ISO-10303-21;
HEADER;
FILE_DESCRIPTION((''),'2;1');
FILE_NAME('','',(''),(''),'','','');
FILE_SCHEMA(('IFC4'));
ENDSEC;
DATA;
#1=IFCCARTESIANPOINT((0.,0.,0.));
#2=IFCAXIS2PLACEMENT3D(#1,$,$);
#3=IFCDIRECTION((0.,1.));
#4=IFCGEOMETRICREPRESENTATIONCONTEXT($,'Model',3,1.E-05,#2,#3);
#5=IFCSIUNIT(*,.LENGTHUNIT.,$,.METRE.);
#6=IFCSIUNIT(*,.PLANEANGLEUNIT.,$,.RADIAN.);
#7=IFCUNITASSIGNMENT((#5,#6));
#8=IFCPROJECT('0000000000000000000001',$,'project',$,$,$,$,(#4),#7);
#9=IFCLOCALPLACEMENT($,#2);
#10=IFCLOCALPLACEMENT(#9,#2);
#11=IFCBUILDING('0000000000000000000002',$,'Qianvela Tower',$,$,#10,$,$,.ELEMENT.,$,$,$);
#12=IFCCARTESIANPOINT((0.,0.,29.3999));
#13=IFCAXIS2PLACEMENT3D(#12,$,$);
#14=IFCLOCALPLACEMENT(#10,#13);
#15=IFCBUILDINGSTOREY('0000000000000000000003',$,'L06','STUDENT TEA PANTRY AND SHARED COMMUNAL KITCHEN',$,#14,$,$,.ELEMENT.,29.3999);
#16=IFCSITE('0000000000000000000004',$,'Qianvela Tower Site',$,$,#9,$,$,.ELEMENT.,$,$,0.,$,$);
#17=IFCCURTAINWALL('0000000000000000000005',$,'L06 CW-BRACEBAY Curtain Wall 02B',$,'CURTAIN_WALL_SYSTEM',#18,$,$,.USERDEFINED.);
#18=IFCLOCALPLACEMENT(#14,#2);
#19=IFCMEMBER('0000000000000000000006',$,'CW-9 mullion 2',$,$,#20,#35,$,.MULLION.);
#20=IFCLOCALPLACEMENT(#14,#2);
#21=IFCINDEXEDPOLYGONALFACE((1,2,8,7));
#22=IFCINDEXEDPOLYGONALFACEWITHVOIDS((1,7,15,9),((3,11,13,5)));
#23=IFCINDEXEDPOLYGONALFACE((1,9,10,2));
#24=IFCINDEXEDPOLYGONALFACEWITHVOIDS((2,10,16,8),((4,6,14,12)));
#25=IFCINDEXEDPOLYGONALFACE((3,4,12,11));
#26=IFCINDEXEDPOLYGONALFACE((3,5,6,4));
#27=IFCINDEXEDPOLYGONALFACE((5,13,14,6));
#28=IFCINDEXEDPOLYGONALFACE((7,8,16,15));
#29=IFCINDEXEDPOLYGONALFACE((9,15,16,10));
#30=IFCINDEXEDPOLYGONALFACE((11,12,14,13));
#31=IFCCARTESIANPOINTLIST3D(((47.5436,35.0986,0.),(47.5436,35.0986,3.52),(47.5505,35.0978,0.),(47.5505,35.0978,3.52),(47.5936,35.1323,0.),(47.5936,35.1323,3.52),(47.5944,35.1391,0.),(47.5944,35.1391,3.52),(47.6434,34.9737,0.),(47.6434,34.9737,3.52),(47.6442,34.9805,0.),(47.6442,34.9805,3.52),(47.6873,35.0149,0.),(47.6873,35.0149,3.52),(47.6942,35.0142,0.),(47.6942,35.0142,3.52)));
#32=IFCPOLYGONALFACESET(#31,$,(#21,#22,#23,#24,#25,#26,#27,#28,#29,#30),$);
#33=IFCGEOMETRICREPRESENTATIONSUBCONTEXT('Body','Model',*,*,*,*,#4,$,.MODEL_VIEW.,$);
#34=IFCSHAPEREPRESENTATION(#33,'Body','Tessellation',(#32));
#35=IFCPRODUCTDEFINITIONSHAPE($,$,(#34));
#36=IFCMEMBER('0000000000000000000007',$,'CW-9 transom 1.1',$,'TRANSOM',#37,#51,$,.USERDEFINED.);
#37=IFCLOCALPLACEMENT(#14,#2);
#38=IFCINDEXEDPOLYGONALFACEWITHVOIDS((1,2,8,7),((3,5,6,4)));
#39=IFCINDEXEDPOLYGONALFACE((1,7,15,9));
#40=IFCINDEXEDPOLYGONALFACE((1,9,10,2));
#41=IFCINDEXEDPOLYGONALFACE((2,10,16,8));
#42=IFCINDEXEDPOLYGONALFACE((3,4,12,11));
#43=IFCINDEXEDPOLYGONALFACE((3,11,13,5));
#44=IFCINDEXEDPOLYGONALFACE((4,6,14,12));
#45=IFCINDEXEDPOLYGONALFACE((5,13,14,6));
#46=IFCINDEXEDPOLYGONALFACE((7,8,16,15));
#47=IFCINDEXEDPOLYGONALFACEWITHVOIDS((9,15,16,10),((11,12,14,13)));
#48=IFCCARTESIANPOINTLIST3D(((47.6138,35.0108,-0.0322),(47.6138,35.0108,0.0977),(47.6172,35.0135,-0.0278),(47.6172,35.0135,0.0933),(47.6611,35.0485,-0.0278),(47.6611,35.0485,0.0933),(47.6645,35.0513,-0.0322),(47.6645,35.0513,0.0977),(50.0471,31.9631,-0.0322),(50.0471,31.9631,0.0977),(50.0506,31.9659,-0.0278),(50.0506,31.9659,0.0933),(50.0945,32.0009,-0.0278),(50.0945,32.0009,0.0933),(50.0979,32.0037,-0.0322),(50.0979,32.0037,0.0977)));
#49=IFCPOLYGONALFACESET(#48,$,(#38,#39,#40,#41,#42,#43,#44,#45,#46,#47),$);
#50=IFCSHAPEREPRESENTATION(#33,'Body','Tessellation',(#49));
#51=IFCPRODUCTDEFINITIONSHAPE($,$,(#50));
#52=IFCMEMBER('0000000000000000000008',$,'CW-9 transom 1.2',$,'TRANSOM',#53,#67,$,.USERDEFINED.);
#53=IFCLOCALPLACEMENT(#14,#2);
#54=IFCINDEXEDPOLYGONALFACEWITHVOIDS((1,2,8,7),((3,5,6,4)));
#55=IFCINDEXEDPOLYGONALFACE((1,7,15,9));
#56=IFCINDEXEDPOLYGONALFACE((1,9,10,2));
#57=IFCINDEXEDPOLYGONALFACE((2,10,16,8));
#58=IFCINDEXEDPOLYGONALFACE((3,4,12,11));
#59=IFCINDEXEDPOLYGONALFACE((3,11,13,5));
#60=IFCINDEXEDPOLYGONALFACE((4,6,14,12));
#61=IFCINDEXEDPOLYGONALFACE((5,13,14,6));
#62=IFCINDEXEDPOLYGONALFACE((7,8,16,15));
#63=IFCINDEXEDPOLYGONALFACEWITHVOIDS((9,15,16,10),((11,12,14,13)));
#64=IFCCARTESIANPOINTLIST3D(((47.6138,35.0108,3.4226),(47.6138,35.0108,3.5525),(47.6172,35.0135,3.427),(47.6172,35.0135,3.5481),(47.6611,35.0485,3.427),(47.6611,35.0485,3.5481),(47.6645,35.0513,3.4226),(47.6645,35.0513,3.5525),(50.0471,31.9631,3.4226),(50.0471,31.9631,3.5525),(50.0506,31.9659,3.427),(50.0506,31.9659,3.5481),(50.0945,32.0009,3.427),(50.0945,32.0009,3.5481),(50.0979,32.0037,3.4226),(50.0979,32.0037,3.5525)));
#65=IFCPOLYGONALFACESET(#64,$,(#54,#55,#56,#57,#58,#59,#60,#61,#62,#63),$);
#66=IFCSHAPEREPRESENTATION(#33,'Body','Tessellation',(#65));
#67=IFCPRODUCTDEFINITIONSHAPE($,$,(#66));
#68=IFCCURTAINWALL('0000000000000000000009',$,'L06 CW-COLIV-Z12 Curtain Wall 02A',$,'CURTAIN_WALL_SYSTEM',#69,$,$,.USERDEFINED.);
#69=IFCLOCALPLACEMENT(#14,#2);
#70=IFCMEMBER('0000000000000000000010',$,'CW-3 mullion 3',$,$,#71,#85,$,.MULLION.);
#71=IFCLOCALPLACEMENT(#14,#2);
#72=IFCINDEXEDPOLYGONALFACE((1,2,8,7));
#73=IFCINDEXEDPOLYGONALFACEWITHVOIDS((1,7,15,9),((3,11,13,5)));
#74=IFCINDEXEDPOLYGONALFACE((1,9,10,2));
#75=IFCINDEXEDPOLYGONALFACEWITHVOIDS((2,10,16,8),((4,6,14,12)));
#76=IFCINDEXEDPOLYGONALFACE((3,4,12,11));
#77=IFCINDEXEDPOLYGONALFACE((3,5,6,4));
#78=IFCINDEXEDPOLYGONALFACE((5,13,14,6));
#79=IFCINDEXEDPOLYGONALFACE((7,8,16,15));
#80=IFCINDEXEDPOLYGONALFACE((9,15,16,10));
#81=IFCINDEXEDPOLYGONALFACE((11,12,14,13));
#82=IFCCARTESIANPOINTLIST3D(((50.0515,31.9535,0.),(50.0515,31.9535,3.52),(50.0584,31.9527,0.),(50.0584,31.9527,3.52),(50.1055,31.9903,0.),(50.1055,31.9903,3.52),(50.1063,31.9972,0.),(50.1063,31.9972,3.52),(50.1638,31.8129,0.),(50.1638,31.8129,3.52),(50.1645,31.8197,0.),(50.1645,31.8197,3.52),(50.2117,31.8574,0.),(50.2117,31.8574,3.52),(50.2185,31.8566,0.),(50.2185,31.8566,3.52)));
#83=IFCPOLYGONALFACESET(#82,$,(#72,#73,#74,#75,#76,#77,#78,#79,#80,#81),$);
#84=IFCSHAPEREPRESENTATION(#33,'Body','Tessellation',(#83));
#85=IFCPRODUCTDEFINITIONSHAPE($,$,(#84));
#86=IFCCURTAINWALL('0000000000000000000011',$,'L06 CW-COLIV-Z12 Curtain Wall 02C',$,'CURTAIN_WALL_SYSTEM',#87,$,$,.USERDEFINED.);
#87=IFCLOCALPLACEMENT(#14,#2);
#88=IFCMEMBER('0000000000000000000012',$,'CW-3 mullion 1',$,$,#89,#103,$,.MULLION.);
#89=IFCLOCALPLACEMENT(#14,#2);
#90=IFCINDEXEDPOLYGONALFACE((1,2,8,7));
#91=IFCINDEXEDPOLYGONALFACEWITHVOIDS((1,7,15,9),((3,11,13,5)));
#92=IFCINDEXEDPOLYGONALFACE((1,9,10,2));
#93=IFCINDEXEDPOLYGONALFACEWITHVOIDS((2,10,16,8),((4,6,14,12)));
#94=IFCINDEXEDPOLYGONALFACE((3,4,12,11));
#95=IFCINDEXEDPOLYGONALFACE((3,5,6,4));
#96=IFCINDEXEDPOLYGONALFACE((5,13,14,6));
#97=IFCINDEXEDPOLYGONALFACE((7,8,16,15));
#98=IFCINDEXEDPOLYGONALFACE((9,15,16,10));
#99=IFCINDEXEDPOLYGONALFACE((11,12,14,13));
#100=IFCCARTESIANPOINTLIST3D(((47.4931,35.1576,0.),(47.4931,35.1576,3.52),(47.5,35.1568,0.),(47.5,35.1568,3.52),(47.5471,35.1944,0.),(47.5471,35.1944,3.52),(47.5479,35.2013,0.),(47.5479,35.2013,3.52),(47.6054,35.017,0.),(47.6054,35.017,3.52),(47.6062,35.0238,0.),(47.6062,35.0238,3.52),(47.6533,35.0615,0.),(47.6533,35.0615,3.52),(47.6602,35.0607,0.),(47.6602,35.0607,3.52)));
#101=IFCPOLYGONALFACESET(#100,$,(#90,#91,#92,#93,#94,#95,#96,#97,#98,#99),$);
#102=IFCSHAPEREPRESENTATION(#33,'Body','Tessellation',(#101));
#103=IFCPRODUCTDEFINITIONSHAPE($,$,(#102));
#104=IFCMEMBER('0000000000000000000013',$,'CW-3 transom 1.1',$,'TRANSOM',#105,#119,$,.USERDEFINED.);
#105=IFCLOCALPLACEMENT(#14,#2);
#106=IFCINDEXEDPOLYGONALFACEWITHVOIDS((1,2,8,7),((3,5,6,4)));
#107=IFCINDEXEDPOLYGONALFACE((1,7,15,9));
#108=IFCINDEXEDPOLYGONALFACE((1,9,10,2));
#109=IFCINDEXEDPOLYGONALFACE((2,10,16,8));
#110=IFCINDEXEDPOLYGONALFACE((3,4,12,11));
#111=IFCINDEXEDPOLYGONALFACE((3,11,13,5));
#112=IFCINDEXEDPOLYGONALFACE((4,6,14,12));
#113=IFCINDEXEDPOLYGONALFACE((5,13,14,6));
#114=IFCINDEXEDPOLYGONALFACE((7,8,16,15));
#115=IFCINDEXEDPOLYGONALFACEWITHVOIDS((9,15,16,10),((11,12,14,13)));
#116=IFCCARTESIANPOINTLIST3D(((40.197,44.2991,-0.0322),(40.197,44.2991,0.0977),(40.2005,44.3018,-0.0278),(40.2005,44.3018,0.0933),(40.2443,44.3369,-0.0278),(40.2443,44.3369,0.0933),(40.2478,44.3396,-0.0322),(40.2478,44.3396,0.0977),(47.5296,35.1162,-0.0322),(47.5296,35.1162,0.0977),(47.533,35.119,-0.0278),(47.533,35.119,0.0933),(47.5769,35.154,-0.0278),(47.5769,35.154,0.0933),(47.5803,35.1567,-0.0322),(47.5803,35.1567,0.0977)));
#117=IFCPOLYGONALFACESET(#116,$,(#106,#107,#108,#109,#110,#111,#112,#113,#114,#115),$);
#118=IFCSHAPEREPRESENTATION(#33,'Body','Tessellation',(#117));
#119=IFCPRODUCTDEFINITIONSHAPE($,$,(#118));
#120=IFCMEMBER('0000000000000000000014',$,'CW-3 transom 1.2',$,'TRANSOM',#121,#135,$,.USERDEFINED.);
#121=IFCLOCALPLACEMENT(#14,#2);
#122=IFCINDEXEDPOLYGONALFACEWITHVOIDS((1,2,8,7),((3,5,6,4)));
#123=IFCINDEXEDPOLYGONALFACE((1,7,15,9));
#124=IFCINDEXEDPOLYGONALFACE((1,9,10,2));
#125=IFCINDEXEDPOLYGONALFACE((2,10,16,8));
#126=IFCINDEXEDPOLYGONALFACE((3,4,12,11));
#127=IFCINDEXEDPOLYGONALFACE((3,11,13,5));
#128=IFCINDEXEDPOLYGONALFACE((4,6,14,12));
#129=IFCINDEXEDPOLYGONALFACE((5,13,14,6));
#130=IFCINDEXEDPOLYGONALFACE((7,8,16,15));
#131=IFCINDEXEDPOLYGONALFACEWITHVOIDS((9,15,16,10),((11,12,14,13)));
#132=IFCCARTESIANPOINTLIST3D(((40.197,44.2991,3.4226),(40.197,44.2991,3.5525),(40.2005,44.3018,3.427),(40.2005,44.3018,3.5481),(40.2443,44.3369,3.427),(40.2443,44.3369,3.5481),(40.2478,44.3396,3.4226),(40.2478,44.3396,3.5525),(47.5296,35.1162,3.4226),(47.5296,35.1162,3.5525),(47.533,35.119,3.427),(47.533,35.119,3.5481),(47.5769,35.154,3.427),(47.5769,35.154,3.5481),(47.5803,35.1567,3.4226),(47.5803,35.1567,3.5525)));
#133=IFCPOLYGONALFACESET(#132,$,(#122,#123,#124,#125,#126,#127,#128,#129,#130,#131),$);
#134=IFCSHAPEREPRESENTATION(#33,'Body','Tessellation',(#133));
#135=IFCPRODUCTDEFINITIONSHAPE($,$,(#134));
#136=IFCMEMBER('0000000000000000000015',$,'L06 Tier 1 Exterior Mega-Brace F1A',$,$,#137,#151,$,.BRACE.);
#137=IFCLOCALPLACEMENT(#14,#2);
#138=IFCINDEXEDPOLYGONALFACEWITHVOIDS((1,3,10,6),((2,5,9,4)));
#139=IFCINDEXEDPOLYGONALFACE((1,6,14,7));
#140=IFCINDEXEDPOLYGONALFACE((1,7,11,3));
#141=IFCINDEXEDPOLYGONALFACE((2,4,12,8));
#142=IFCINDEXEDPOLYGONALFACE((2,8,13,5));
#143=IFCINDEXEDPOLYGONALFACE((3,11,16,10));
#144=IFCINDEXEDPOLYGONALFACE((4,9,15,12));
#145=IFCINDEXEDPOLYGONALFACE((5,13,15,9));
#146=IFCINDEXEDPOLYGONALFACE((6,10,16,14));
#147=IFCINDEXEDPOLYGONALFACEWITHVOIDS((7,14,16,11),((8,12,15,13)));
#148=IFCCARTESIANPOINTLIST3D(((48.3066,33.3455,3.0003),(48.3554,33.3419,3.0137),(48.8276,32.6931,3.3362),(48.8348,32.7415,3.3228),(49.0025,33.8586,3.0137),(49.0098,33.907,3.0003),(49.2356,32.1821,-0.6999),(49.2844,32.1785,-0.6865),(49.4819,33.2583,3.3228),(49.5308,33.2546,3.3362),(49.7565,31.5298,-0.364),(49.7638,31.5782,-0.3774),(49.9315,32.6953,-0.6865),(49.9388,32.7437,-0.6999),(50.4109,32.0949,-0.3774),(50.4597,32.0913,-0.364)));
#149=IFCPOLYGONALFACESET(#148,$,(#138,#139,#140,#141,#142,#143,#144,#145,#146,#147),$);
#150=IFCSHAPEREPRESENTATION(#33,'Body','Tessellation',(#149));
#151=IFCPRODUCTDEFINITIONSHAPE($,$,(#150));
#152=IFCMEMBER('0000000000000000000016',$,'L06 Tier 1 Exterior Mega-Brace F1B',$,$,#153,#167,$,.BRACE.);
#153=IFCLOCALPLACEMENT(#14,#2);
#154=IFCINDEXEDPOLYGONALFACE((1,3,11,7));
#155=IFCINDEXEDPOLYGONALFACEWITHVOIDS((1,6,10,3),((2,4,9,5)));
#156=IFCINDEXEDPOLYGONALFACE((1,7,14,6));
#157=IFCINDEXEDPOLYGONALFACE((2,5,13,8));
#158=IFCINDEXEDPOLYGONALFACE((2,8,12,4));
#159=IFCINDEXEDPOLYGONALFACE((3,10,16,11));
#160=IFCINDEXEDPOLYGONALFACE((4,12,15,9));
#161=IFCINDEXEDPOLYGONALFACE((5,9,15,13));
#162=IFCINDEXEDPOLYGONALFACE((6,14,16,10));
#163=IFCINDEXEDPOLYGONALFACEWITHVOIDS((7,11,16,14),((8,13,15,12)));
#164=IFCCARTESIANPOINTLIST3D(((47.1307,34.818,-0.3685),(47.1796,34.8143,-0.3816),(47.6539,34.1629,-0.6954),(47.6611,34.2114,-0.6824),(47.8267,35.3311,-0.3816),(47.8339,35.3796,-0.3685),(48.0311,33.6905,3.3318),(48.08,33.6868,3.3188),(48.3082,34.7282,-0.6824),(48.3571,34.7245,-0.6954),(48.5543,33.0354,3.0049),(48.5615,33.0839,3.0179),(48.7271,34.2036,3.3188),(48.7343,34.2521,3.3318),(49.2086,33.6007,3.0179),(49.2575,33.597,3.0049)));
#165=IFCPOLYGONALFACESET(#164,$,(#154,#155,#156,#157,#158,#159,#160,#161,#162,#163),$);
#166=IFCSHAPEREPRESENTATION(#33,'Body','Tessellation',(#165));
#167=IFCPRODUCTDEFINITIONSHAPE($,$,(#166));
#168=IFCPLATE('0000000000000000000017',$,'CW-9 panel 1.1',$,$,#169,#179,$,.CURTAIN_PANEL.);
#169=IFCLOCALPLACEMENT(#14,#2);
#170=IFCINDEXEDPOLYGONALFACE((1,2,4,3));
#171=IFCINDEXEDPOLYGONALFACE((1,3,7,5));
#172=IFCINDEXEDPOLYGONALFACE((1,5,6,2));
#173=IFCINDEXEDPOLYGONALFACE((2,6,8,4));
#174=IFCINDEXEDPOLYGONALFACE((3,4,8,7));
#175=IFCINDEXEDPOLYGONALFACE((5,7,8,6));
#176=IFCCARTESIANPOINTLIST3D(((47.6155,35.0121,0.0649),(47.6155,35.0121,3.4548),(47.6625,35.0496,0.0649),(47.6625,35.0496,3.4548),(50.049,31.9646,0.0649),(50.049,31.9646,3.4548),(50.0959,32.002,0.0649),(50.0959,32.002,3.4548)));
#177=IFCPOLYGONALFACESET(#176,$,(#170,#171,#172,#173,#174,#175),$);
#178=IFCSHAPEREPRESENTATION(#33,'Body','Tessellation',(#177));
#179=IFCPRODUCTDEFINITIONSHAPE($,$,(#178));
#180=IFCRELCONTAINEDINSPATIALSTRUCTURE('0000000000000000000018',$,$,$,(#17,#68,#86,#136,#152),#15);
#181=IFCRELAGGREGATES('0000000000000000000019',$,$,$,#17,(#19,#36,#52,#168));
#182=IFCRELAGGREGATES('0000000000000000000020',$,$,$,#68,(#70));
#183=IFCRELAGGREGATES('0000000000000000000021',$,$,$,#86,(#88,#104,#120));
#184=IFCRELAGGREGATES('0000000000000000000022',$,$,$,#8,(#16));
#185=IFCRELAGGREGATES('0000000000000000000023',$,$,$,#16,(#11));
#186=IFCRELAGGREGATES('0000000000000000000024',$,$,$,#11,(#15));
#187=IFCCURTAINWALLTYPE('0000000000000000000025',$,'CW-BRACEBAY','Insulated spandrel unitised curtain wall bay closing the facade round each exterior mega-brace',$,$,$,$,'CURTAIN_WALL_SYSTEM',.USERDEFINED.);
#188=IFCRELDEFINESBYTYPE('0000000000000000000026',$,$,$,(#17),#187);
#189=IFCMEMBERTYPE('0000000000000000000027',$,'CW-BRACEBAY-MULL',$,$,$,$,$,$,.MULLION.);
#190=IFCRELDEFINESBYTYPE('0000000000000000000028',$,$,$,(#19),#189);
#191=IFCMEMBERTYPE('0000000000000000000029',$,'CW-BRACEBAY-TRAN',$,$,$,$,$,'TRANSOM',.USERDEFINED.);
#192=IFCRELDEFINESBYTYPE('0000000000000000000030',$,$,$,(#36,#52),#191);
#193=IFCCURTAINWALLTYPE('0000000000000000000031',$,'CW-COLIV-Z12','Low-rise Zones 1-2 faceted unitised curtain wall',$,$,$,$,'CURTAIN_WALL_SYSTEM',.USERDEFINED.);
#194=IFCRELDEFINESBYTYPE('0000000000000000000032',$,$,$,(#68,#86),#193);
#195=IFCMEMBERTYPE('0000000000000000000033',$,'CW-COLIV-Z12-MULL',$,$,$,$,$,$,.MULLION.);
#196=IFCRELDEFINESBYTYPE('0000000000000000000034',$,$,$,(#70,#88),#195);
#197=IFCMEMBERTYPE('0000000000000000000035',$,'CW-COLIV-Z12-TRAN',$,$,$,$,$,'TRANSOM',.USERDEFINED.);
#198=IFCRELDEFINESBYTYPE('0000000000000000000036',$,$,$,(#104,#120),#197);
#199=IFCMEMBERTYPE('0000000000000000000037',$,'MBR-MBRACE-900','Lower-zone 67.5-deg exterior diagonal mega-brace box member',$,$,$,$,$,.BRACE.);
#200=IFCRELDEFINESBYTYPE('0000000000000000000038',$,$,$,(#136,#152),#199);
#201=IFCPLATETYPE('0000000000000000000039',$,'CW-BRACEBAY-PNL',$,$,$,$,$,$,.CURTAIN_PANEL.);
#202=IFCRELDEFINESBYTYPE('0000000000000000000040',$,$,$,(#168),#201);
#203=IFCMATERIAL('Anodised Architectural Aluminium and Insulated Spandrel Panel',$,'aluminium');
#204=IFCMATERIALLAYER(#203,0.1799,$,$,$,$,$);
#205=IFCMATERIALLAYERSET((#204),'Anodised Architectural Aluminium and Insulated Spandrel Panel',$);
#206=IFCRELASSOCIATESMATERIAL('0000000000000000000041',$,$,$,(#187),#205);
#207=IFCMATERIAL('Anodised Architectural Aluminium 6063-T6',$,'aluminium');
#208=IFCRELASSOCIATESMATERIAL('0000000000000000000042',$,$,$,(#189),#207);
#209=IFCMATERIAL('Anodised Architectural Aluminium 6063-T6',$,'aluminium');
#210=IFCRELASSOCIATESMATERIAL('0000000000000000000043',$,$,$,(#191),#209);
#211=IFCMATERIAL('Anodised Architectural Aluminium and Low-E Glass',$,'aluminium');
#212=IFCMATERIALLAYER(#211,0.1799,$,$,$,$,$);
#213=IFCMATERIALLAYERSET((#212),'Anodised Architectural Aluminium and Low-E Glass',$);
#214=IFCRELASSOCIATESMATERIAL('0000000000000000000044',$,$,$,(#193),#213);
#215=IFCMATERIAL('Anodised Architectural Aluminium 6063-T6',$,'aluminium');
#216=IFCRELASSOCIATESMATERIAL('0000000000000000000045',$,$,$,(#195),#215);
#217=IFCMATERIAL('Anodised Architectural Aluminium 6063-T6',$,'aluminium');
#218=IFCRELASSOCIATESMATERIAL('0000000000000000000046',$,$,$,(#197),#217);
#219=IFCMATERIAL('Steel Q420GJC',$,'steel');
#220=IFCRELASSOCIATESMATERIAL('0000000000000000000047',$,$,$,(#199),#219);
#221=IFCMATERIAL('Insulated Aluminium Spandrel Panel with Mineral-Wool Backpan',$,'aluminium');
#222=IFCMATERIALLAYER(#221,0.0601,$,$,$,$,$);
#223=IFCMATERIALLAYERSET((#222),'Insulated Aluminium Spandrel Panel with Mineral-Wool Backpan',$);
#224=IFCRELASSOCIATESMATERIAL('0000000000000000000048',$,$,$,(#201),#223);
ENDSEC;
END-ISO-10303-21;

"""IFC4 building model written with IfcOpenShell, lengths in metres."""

from ifc_helpers import new_model, si_unit, direction, frame, origin, origin_2d, place, context, subcontext, project, spatial, rectangle, hollow_rectangle, extrude, material, layer, layer_set, material_profile, profile_set, type_object, element, aggregate, save


model = new_model("IFC4")

# Units and contexts
model_context = context("Model", 3, precision=1e-05, world=origin(), true_north=direction((0.0, 1.0)))
body_context = subcontext(model_context, "Body", "Model", "MODEL_VIEW")
ifc_project = project(units=[si_unit("LENGTHUNIT", "METRE"), si_unit("PLANEANGLEUNIT", "RADIAN")], contexts=[model_context])

# Site, building, storey
site_placement = place(None, origin())
site = spatial("IfcSite", under=ifc_project, at=site_placement, Name="Qianvela Tower Site", CompositionType="ELEMENT", RefElevation=0.0)
building_placement = place(site_placement, origin())
building = spatial("IfcBuilding", under=site, at=building_placement, Name="Qianvela Tower", CompositionType="ELEMENT")
storey_placement = place(building_placement, frame((0.0, 0.0, 29.3999)))
storey = spatial("IfcBuildingStorey", under=building, at=storey_placement, Name="L06", Description="STUDENT TEA PANTRY AND SHARED COMMUNAL KITCHEN", CompositionType="ELEMENT", Elevation=29.3999)

# Curtain wall, members
ifc_material_1 = material(Name="Anodised Architectural Aluminium and Insulated Spandrel Panel", Category="aluminium")
ifc_layer_1 = layer(ifc_material_1, 0.1799)
ifc_layer_set_1 = layer_set([ifc_layer_1], Name="Anodised Architectural Aluminium and Insulated Spandrel Panel")
curtain_wall_type_1 = type_object("IfcCurtainWallType", Name="CW-BRACEBAY", Description="Insulated spandrel unitised curtain wall bay closing the facade round each exterior mega-brace", ElementType="CURTAIN_WALL_SYSTEM", PredefinedType="USERDEFINED", material=ifc_layer_set_1)
curtain_wall_1_placement = place(storey_placement, origin())
curtain_wall_1 = element("IfcCurtainWall", 1, at=curtain_wall_1_placement, inside=storey, type_object=curtain_wall_type_1, Name="L06 CW-BRACEBAY Curtain Wall 02B", ObjectType="CURTAIN_WALL_SYSTEM", PredefinedType="USERDEFINED")
ifc_material_2 = material(Name="Anodised Architectural Aluminium 6063-T6", Category="aluminium")
ifc_material_profile_1 = material_profile(ifc_material_2, hollow_rectangle(XDim=0.0649, YDim=0.1599, WallThickness=0.0049, at=origin_2d()), Name="ALU-MULL-65x160")
ifc_profile_set_1 = profile_set([ifc_material_profile_1], Name="Anodised Architectural Aluminium 6063-T6")
member_type_1 = type_object("IfcMemberType", Name="CW-BRACEBAY-MULL", PredefinedType="MULLION", material=ifc_profile_set_1)
member_1_placement = place(storey_placement, frame((47.6189, 35.0564, 0.0), z_axis=(0.0, 0.0, 1.0), x_axis=(-0.781445, -0.623975, 0.0)))
member_1 = element("IfcMember", 2, at=member_1_placement, type_object=member_type_1, Name="CW-9 mullion 2", PredefinedType="MULLION", context=body_context, shape_type="SweptSolid", body=[
    extrude(hollow_rectangle(XDim=0.0649, YDim=0.1599, WallThickness=0.0049, at=origin_2d()), origin(), (0.0, 0.0, 1.0), 3.52),
])
ifc_material_3 = material(Name="Anodised Architectural Aluminium 6063-T6", Category="aluminium")
ifc_material_profile_2 = material_profile(ifc_material_3, hollow_rectangle(XDim=0.0649, YDim=0.1299, WallThickness=0.0044, at=origin_2d()), Name="ALU-TRAN-65x130")
ifc_profile_set_2 = profile_set([ifc_material_profile_2], Name="Anodised Architectural Aluminium 6063-T6")
member_type_2 = type_object("IfcMemberType", Name="CW-BRACEBAY-TRAN", ElementType="TRANSOM", PredefinedType="USERDEFINED", material=ifc_profile_set_2)
member_2_placement = place(storey_placement, frame((50.0725, 31.9834, 0.0327), z_axis=(-0.623954, 0.781461, 0.0), x_axis=(-0.781461, -0.623954, 0.0)))
member_2 = element("IfcMember", 3, at=member_2_placement, type_object=member_type_2, Name="CW-9 transom 1.1", ObjectType="TRANSOM", PredefinedType="USERDEFINED", context=body_context, shape_type="SweptSolid", body=[
    extrude(hollow_rectangle(XDim=0.0649, YDim=0.1299, WallThickness=0.0044, at=origin_2d()), origin(), (0.0, 0.0, 1.0), 3.8999),
])
member_3_placement = place(storey_placement, frame((50.0725, 31.9834, 3.4875), z_axis=(-0.623954, 0.781461, 0.0), x_axis=(-0.781461, -0.623954, 0.0)))
member_3 = element("IfcMember", 4, at=member_3_placement, type_object=member_type_2, Name="CW-9 transom 1.2", ObjectType="TRANSOM", PredefinedType="USERDEFINED", context=body_context, shape_type="SweptSolid", body=[
    extrude(hollow_rectangle(XDim=0.0649, YDim=0.1299, WallThickness=0.0044, at=origin_2d()), origin(), (0.0, 0.0, 1.0), 3.8999),
])

# Curtain wall, member
ifc_material_4 = material(Name="Anodised Architectural Aluminium and Low-E Glass", Category="aluminium")
ifc_layer_2 = layer(ifc_material_4, 0.1799)
ifc_layer_set_2 = layer_set([ifc_layer_2], Name="Anodised Architectural Aluminium and Low-E Glass")
curtain_wall_type_2 = type_object("IfcCurtainWallType", Name="CW-COLIV-Z12", Description="Low-rise Zones 1-2 faceted unitised curtain wall", ElementType="CURTAIN_WALL_SYSTEM", PredefinedType="USERDEFINED", material=ifc_layer_set_2)
curtain_wall_2_placement = place(storey_placement, origin())
curtain_wall_2 = element("IfcCurtainWall", 5, at=curtain_wall_2_placement, inside=storey, type_object=curtain_wall_type_2, Name="L06 CW-COLIV-Z12 Curtain Wall 02A", ObjectType="CURTAIN_WALL_SYSTEM", PredefinedType="USERDEFINED")
ifc_material_5 = material(Name="Anodised Architectural Aluminium 6063-T6", Category="aluminium")
ifc_material_profile_3 = material_profile(ifc_material_5, hollow_rectangle(XDim=0.0701, YDim=0.1799, WallThickness=0.0049, at=origin_2d()), Name="ALU-MULL-70x180")
ifc_profile_set_3 = profile_set([ifc_material_profile_3], Name="Anodised Architectural Aluminium 6063-T6")
member_type_3 = type_object("IfcMemberType", Name="CW-COLIV-Z12-MULL", PredefinedType="MULLION", material=ifc_profile_set_3)
member_4_placement = place(storey_placement, frame((50.135, 31.905, 0.0), z_axis=(0.0, 0.0, 1.0), x_axis=(-0.781444, -0.623976, 0.0)))
member_4 = element("IfcMember", 6, at=member_4_placement, type_object=member_type_3, Name="CW-3 mullion 3", PredefinedType="MULLION", context=body_context, shape_type="SweptSolid", body=[
    extrude(hollow_rectangle(XDim=0.0701, YDim=0.1799, WallThickness=0.0049, at=origin_2d()), origin(), (0.0, 0.0, 1.0), 3.52),
])

# Curtain wall, members
curtain_wall_3_placement = place(storey_placement, origin())
curtain_wall_3 = element("IfcCurtainWall", 7, at=curtain_wall_3_placement, inside=storey, type_object=curtain_wall_type_2, Name="L06 CW-COLIV-Z12 Curtain Wall 02C", ObjectType="CURTAIN_WALL_SYSTEM", PredefinedType="USERDEFINED")
member_5_placement = place(storey_placement, frame((47.5767, 35.1091, 0.0), z_axis=(0.0, 0.0, 1.0), x_axis=(-0.781444, -0.623975, 0.0)))
member_5 = element("IfcMember", 8, at=member_5_placement, type_object=member_type_3, Name="CW-3 mullion 1", PredefinedType="MULLION", context=body_context, shape_type="SweptSolid", body=[
    extrude(hollow_rectangle(XDim=0.0701, YDim=0.1799, WallThickness=0.0049, at=origin_2d()), origin(), (0.0, 0.0, 1.0), 3.52),
])
ifc_material_6 = material(Name="Anodised Architectural Aluminium 6063-T6", Category="aluminium")
ifc_material_profile_4 = material_profile(ifc_material_6, hollow_rectangle(XDim=0.0649, YDim=0.1299, WallThickness=0.0044, at=origin_2d()), Name="ALU-TRAN-65x130")
ifc_profile_set_4 = profile_set([ifc_material_profile_4], Name="Anodised Architectural Aluminium 6063-T6")
member_type_4 = type_object("IfcMemberType", Name="CW-COLIV-Z12-TRAN", ElementType="TRANSOM", PredefinedType="USERDEFINED", material=ifc_profile_set_4)
member_6_placement = place(storey_placement, frame((47.5549, 35.1365, 0.0327), z_axis=(-0.62398, 0.78144, 0.0), x_axis=(-0.78144, -0.62398, 0.0)))
member_6 = element("IfcMember", 9, at=member_6_placement, type_object=member_type_4, Name="CW-3 transom 1.1", ObjectType="TRANSOM", PredefinedType="USERDEFINED", context=body_context, shape_type="SweptSolid", body=[
    extrude(hollow_rectangle(XDim=0.0649, YDim=0.1299, WallThickness=0.0044, at=origin_2d()), origin(), (0.0, 0.0, 1.0), 11.7512),
])
member_7_placement = place(storey_placement, frame((47.5549, 35.1365, 3.4875), z_axis=(-0.62398, 0.78144, 0.0), x_axis=(-0.78144, -0.62398, 0.0)))
member_7 = element("IfcMember", 10, at=member_7_placement, type_object=member_type_4, Name="CW-3 transom 1.2", ObjectType="TRANSOM", PredefinedType="USERDEFINED", context=body_context, shape_type="SweptSolid", body=[
    extrude(hollow_rectangle(XDim=0.0649, YDim=0.1299, WallThickness=0.0044, at=origin_2d()), origin(), (0.0, 0.0, 1.0), 11.7512),
])

# Members
ifc_material_7 = material(Name="Steel Q420GJC", Category="steel")
ifc_material_profile_5 = material_profile(ifc_material_7, hollow_rectangle(XDim=0.8999, YDim=0.8999, WallThickness=0.0359, at=origin_2d()), Name="MBOX-900x900x36")
ifc_profile_set_5 = profile_set([ifc_material_profile_5], Name="Steel Q420GJC")
member_type_5 = type_object("IfcMemberType", Name="MBR-MBRACE-900", Description="Lower-zone 67.5-deg exterior diagonal mega-brace box member", PredefinedType="BRACE", material=ifc_profile_set_5)
member_8_placement = place(storey_placement, frame((49.8477, 32.1367, -0.532), z_axis=(-0.232911, 0.291675, 0.927727), x_axis=(-0.781428, -0.623995, 0.0)))
element("IfcMember", 11, at=member_8_placement, inside=storey, type_object=member_type_5, Name="L06 Tier 1 Exterior Mega-Brace F1A", PredefinedType="BRACE", context=body_context, shape_type="SweptSolid", body=[
    extrude(hollow_rectangle(XDim=0.8999, YDim=0.8999, WallThickness=0.0359, at=origin_2d()), origin(), (0.0, 0.0, 1.0), 3.9885),
])
member_9_placement = place(storey_placement, frame((47.7439, 34.7712, -0.532), z_axis=(0.22671, -0.283879, 0.931673), x_axis=(0.781397, 0.624035, 0.0)))
element("IfcMember", 12, at=member_9_placement, inside=storey, type_object=member_type_5, Name="L06 Tier 1 Exterior Mega-Brace F1B", PredefinedType="BRACE", context=body_context, shape_type="SweptSolid", body=[
    extrude(hollow_rectangle(XDim=0.8999, YDim=0.8999, WallThickness=0.0359, at=origin_2d()), origin(), (0.0, 0.0, 1.0), 3.9717),
])

# Plate
ifc_material_8 = material(Name="Insulated Aluminium Spandrel Panel with Mineral-Wool Backpan", Category="aluminium")
ifc_layer_3 = layer(ifc_material_8, 0.0601)
ifc_layer_set_3 = layer_set([ifc_layer_3], Name="Insulated Aluminium Spandrel Panel with Mineral-Wool Backpan")
plate_type_1 = type_object("IfcPlateType", Name="CW-BRACEBAY-PNL", PredefinedType="CURTAIN_PANEL", material=ifc_layer_set_3)
plate_1_placement = place(storey_placement, frame((48.8557, 33.5071, 0.0649), z_axis=(0.0, 0.0, 1.0), x_axis=(-0.623975, 0.781445, 0.0)))
plate_1 = element("IfcPlate", 13, at=plate_1_placement, type_object=plate_type_1, Name="CW-9 panel 1.1", PredefinedType="CURTAIN_PANEL", context=body_context, shape_type="SweptSolid", body=[
    extrude(rectangle(XDim=3.8999, YDim=0.0601, at=origin_2d()), origin(), (0.0, 0.0, 1.0), 3.3899),
])
aggregate(curtain_wall_1, [member_1, member_2, member_3, plate_1])
aggregate(curtain_wall_2, [member_4])
aggregate(curtain_wall_3, [member_5, member_6, member_7])

save(model, "model.ifc")
